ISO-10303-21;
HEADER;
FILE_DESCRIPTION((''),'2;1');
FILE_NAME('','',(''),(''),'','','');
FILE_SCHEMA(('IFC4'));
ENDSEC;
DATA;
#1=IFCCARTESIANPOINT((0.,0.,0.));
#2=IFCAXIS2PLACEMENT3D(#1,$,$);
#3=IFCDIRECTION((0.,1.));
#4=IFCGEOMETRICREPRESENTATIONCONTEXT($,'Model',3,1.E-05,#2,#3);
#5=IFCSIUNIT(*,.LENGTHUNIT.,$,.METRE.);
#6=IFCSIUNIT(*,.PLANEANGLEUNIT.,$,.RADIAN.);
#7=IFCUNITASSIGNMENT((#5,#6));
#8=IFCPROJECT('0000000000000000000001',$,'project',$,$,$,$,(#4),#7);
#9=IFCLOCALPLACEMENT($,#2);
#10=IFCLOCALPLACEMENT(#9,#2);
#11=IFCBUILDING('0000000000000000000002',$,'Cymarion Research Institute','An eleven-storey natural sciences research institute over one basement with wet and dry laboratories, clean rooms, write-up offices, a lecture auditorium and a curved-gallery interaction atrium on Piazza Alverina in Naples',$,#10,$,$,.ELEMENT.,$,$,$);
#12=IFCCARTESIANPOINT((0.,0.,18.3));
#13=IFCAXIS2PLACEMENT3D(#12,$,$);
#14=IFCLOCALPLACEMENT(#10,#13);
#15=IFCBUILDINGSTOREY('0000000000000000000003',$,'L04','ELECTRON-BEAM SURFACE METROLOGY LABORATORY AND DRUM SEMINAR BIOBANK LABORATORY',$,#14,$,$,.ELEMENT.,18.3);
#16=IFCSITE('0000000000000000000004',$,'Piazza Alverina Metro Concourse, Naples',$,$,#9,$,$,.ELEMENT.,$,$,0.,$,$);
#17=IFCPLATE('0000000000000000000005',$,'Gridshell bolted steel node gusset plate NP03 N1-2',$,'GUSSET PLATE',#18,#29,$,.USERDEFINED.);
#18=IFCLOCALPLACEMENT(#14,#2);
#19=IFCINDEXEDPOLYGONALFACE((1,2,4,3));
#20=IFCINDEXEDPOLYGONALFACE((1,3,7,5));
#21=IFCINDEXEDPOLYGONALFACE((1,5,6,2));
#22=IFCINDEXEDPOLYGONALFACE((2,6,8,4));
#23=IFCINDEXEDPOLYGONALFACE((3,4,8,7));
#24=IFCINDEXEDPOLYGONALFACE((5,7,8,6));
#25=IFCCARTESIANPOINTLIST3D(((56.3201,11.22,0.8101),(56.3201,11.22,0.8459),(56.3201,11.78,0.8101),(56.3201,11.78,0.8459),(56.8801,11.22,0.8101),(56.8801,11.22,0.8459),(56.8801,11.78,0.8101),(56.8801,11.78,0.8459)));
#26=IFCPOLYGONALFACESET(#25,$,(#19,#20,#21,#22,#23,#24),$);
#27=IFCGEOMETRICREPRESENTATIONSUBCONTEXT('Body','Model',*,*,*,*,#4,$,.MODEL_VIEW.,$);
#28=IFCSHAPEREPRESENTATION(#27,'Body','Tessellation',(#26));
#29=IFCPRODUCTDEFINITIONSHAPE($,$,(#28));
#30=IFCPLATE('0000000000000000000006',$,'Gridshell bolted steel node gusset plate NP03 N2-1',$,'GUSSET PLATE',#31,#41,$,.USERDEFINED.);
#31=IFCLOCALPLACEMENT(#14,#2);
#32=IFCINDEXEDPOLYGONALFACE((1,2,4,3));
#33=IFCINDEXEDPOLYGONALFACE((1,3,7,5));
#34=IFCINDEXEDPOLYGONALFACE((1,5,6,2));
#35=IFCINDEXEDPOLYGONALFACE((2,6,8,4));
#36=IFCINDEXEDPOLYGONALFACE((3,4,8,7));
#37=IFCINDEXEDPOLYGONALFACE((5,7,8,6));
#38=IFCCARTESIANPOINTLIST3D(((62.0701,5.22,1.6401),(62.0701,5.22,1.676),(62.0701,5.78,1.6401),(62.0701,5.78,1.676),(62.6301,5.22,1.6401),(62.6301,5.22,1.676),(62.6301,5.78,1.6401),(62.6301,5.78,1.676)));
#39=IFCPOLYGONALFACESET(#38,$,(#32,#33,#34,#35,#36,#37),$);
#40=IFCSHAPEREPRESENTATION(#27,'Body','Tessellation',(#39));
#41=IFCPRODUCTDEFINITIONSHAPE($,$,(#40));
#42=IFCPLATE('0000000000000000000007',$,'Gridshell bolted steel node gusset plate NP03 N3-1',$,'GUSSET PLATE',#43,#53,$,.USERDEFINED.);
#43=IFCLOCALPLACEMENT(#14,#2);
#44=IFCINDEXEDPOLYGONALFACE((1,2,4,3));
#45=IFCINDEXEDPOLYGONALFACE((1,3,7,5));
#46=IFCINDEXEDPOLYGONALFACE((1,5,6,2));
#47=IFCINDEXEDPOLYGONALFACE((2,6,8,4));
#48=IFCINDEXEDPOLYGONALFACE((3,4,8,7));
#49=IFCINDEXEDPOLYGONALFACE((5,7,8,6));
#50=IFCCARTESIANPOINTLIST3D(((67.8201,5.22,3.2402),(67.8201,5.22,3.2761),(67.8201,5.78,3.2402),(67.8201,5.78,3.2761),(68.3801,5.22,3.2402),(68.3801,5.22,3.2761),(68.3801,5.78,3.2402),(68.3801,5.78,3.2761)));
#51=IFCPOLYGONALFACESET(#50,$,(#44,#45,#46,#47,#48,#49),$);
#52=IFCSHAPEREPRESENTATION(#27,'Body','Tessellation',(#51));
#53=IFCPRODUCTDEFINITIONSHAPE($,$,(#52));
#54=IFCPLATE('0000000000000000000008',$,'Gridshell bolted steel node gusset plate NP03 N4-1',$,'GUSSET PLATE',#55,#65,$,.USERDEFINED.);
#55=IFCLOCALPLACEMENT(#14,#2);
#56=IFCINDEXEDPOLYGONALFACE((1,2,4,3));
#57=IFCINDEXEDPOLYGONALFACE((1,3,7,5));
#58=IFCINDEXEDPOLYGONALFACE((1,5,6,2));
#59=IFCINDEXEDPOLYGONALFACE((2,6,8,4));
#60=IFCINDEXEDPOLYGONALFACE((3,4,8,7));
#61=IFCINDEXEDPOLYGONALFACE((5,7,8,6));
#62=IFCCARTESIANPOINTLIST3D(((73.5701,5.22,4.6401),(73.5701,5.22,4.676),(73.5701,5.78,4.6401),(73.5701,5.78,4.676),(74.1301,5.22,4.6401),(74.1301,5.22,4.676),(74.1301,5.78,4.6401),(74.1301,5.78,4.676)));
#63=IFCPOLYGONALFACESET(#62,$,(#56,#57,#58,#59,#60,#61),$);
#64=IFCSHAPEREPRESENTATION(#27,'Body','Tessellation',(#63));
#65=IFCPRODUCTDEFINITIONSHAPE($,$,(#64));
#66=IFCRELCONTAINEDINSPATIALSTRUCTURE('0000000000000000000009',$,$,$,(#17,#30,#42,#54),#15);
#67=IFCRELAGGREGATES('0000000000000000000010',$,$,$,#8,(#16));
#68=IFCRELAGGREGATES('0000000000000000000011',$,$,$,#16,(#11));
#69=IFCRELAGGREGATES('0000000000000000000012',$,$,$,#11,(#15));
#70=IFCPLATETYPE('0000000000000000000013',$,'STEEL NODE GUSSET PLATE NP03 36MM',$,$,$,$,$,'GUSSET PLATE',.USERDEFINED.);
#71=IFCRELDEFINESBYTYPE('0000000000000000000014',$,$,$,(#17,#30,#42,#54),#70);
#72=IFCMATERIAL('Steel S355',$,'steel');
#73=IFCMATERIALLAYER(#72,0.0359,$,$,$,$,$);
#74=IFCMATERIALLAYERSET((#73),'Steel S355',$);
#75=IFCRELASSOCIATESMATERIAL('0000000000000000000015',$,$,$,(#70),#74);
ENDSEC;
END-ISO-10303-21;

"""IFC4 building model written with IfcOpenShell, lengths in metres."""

from ifc_helpers import new_model, si_unit, direction, frame, origin, origin_2d, place, context, subcontext, project, spatial, rectangle, extrude, material, layer, layer_set, type_object, element, save


model = new_model("IFC4")

# Units and contexts
model_context = context("Model", 3, precision=1e-05, world=origin(), true_north=direction((0.0, 1.0)))
body_context = subcontext(model_context, "Body", "Model", "MODEL_VIEW")
ifc_project = project(units=[si_unit("LENGTHUNIT", "METRE"), si_unit("PLANEANGLEUNIT", "RADIAN")], contexts=[model_context])

# Site, building, storey
site_placement = place(None, origin())
site = spatial("IfcSite", under=ifc_project, at=site_placement, Name="Piazza Alverina Metro Concourse, Naples", CompositionType="ELEMENT", RefElevation=0.0)
building_placement = place(site_placement, origin())
building = spatial("IfcBuilding", under=site, at=building_placement, Name="Cymarion Research Institute", Description="An eleven-storey natural sciences research institute over one basement with wet and dry laboratories, clean rooms, write-up offices, a lecture auditorium and a curved-gallery interaction atrium on Piazza Alverina in Naples", CompositionType="ELEMENT")
storey_placement = place(building_placement, frame((0.0, 0.0, 18.3)))
storey = spatial("IfcBuildingStorey", under=building, at=storey_placement, Name="L04", Description="ELECTRON-BEAM SURFACE METROLOGY LABORATORY AND DRUM SEMINAR BIOBANK LABORATORY", CompositionType="ELEMENT", Elevation=18.3)

# Shared definitions
ifc_material_1 = material(Name="Steel S355", Category="steel")

# Plates
ifc_layer_1 = layer(ifc_material_1, 0.0359)
ifc_layer_set_1 = layer_set([ifc_layer_1], Name="Steel S355")
plate_type_1 = type_object("IfcPlateType", Name="STEEL NODE GUSSET PLATE NP03 36MM", ElementType="GUSSET PLATE", PredefinedType="USERDEFINED", material=ifc_layer_set_1)
for number, where, z_axis, x_axis, name in (
    (1, (56.6001, 11.5, 0.8101), (0.0, 0.0, 1.0), (1.0, 0.0, 0.0), "Gridshell bolted steel node gusset plate NP03 N1-2"),
    (2, (62.3501, 5.5, 1.6401), (0.0, 0.0, 1.0), (1.0, 0.0, 0.0), "Gridshell bolted steel node gusset plate NP03 N2-1"),
    (3, (68.1001, 5.5, 3.2402), (0.0, 0.0, 1.0), (1.0, 0.0, 0.0), "Gridshell bolted steel node gusset plate NP03 N3-1"),
    (4, (73.8501, 5.5, 4.6401), (0.0, 0.0, 1.0), (1.0, 0.0, 0.0), "Gridshell bolted steel node gusset plate NP03 N4-1"),
):
    element("IfcPlate", number, at=place(storey_placement, frame(where, z_axis=z_axis, x_axis=x_axis)), inside=storey, type_object=plate_type_1, Name=name, ObjectType="GUSSET PLATE", PredefinedType="USERDEFINED", context=body_context, shape_type="SweptSolid", body=[
        extrude(rectangle(XDim=0.5601, YDim=0.5601, at=origin_2d()), origin(), (0.0, 0.0, 1.0), 0.0359),
    ])

save(model, "model.ifc")
